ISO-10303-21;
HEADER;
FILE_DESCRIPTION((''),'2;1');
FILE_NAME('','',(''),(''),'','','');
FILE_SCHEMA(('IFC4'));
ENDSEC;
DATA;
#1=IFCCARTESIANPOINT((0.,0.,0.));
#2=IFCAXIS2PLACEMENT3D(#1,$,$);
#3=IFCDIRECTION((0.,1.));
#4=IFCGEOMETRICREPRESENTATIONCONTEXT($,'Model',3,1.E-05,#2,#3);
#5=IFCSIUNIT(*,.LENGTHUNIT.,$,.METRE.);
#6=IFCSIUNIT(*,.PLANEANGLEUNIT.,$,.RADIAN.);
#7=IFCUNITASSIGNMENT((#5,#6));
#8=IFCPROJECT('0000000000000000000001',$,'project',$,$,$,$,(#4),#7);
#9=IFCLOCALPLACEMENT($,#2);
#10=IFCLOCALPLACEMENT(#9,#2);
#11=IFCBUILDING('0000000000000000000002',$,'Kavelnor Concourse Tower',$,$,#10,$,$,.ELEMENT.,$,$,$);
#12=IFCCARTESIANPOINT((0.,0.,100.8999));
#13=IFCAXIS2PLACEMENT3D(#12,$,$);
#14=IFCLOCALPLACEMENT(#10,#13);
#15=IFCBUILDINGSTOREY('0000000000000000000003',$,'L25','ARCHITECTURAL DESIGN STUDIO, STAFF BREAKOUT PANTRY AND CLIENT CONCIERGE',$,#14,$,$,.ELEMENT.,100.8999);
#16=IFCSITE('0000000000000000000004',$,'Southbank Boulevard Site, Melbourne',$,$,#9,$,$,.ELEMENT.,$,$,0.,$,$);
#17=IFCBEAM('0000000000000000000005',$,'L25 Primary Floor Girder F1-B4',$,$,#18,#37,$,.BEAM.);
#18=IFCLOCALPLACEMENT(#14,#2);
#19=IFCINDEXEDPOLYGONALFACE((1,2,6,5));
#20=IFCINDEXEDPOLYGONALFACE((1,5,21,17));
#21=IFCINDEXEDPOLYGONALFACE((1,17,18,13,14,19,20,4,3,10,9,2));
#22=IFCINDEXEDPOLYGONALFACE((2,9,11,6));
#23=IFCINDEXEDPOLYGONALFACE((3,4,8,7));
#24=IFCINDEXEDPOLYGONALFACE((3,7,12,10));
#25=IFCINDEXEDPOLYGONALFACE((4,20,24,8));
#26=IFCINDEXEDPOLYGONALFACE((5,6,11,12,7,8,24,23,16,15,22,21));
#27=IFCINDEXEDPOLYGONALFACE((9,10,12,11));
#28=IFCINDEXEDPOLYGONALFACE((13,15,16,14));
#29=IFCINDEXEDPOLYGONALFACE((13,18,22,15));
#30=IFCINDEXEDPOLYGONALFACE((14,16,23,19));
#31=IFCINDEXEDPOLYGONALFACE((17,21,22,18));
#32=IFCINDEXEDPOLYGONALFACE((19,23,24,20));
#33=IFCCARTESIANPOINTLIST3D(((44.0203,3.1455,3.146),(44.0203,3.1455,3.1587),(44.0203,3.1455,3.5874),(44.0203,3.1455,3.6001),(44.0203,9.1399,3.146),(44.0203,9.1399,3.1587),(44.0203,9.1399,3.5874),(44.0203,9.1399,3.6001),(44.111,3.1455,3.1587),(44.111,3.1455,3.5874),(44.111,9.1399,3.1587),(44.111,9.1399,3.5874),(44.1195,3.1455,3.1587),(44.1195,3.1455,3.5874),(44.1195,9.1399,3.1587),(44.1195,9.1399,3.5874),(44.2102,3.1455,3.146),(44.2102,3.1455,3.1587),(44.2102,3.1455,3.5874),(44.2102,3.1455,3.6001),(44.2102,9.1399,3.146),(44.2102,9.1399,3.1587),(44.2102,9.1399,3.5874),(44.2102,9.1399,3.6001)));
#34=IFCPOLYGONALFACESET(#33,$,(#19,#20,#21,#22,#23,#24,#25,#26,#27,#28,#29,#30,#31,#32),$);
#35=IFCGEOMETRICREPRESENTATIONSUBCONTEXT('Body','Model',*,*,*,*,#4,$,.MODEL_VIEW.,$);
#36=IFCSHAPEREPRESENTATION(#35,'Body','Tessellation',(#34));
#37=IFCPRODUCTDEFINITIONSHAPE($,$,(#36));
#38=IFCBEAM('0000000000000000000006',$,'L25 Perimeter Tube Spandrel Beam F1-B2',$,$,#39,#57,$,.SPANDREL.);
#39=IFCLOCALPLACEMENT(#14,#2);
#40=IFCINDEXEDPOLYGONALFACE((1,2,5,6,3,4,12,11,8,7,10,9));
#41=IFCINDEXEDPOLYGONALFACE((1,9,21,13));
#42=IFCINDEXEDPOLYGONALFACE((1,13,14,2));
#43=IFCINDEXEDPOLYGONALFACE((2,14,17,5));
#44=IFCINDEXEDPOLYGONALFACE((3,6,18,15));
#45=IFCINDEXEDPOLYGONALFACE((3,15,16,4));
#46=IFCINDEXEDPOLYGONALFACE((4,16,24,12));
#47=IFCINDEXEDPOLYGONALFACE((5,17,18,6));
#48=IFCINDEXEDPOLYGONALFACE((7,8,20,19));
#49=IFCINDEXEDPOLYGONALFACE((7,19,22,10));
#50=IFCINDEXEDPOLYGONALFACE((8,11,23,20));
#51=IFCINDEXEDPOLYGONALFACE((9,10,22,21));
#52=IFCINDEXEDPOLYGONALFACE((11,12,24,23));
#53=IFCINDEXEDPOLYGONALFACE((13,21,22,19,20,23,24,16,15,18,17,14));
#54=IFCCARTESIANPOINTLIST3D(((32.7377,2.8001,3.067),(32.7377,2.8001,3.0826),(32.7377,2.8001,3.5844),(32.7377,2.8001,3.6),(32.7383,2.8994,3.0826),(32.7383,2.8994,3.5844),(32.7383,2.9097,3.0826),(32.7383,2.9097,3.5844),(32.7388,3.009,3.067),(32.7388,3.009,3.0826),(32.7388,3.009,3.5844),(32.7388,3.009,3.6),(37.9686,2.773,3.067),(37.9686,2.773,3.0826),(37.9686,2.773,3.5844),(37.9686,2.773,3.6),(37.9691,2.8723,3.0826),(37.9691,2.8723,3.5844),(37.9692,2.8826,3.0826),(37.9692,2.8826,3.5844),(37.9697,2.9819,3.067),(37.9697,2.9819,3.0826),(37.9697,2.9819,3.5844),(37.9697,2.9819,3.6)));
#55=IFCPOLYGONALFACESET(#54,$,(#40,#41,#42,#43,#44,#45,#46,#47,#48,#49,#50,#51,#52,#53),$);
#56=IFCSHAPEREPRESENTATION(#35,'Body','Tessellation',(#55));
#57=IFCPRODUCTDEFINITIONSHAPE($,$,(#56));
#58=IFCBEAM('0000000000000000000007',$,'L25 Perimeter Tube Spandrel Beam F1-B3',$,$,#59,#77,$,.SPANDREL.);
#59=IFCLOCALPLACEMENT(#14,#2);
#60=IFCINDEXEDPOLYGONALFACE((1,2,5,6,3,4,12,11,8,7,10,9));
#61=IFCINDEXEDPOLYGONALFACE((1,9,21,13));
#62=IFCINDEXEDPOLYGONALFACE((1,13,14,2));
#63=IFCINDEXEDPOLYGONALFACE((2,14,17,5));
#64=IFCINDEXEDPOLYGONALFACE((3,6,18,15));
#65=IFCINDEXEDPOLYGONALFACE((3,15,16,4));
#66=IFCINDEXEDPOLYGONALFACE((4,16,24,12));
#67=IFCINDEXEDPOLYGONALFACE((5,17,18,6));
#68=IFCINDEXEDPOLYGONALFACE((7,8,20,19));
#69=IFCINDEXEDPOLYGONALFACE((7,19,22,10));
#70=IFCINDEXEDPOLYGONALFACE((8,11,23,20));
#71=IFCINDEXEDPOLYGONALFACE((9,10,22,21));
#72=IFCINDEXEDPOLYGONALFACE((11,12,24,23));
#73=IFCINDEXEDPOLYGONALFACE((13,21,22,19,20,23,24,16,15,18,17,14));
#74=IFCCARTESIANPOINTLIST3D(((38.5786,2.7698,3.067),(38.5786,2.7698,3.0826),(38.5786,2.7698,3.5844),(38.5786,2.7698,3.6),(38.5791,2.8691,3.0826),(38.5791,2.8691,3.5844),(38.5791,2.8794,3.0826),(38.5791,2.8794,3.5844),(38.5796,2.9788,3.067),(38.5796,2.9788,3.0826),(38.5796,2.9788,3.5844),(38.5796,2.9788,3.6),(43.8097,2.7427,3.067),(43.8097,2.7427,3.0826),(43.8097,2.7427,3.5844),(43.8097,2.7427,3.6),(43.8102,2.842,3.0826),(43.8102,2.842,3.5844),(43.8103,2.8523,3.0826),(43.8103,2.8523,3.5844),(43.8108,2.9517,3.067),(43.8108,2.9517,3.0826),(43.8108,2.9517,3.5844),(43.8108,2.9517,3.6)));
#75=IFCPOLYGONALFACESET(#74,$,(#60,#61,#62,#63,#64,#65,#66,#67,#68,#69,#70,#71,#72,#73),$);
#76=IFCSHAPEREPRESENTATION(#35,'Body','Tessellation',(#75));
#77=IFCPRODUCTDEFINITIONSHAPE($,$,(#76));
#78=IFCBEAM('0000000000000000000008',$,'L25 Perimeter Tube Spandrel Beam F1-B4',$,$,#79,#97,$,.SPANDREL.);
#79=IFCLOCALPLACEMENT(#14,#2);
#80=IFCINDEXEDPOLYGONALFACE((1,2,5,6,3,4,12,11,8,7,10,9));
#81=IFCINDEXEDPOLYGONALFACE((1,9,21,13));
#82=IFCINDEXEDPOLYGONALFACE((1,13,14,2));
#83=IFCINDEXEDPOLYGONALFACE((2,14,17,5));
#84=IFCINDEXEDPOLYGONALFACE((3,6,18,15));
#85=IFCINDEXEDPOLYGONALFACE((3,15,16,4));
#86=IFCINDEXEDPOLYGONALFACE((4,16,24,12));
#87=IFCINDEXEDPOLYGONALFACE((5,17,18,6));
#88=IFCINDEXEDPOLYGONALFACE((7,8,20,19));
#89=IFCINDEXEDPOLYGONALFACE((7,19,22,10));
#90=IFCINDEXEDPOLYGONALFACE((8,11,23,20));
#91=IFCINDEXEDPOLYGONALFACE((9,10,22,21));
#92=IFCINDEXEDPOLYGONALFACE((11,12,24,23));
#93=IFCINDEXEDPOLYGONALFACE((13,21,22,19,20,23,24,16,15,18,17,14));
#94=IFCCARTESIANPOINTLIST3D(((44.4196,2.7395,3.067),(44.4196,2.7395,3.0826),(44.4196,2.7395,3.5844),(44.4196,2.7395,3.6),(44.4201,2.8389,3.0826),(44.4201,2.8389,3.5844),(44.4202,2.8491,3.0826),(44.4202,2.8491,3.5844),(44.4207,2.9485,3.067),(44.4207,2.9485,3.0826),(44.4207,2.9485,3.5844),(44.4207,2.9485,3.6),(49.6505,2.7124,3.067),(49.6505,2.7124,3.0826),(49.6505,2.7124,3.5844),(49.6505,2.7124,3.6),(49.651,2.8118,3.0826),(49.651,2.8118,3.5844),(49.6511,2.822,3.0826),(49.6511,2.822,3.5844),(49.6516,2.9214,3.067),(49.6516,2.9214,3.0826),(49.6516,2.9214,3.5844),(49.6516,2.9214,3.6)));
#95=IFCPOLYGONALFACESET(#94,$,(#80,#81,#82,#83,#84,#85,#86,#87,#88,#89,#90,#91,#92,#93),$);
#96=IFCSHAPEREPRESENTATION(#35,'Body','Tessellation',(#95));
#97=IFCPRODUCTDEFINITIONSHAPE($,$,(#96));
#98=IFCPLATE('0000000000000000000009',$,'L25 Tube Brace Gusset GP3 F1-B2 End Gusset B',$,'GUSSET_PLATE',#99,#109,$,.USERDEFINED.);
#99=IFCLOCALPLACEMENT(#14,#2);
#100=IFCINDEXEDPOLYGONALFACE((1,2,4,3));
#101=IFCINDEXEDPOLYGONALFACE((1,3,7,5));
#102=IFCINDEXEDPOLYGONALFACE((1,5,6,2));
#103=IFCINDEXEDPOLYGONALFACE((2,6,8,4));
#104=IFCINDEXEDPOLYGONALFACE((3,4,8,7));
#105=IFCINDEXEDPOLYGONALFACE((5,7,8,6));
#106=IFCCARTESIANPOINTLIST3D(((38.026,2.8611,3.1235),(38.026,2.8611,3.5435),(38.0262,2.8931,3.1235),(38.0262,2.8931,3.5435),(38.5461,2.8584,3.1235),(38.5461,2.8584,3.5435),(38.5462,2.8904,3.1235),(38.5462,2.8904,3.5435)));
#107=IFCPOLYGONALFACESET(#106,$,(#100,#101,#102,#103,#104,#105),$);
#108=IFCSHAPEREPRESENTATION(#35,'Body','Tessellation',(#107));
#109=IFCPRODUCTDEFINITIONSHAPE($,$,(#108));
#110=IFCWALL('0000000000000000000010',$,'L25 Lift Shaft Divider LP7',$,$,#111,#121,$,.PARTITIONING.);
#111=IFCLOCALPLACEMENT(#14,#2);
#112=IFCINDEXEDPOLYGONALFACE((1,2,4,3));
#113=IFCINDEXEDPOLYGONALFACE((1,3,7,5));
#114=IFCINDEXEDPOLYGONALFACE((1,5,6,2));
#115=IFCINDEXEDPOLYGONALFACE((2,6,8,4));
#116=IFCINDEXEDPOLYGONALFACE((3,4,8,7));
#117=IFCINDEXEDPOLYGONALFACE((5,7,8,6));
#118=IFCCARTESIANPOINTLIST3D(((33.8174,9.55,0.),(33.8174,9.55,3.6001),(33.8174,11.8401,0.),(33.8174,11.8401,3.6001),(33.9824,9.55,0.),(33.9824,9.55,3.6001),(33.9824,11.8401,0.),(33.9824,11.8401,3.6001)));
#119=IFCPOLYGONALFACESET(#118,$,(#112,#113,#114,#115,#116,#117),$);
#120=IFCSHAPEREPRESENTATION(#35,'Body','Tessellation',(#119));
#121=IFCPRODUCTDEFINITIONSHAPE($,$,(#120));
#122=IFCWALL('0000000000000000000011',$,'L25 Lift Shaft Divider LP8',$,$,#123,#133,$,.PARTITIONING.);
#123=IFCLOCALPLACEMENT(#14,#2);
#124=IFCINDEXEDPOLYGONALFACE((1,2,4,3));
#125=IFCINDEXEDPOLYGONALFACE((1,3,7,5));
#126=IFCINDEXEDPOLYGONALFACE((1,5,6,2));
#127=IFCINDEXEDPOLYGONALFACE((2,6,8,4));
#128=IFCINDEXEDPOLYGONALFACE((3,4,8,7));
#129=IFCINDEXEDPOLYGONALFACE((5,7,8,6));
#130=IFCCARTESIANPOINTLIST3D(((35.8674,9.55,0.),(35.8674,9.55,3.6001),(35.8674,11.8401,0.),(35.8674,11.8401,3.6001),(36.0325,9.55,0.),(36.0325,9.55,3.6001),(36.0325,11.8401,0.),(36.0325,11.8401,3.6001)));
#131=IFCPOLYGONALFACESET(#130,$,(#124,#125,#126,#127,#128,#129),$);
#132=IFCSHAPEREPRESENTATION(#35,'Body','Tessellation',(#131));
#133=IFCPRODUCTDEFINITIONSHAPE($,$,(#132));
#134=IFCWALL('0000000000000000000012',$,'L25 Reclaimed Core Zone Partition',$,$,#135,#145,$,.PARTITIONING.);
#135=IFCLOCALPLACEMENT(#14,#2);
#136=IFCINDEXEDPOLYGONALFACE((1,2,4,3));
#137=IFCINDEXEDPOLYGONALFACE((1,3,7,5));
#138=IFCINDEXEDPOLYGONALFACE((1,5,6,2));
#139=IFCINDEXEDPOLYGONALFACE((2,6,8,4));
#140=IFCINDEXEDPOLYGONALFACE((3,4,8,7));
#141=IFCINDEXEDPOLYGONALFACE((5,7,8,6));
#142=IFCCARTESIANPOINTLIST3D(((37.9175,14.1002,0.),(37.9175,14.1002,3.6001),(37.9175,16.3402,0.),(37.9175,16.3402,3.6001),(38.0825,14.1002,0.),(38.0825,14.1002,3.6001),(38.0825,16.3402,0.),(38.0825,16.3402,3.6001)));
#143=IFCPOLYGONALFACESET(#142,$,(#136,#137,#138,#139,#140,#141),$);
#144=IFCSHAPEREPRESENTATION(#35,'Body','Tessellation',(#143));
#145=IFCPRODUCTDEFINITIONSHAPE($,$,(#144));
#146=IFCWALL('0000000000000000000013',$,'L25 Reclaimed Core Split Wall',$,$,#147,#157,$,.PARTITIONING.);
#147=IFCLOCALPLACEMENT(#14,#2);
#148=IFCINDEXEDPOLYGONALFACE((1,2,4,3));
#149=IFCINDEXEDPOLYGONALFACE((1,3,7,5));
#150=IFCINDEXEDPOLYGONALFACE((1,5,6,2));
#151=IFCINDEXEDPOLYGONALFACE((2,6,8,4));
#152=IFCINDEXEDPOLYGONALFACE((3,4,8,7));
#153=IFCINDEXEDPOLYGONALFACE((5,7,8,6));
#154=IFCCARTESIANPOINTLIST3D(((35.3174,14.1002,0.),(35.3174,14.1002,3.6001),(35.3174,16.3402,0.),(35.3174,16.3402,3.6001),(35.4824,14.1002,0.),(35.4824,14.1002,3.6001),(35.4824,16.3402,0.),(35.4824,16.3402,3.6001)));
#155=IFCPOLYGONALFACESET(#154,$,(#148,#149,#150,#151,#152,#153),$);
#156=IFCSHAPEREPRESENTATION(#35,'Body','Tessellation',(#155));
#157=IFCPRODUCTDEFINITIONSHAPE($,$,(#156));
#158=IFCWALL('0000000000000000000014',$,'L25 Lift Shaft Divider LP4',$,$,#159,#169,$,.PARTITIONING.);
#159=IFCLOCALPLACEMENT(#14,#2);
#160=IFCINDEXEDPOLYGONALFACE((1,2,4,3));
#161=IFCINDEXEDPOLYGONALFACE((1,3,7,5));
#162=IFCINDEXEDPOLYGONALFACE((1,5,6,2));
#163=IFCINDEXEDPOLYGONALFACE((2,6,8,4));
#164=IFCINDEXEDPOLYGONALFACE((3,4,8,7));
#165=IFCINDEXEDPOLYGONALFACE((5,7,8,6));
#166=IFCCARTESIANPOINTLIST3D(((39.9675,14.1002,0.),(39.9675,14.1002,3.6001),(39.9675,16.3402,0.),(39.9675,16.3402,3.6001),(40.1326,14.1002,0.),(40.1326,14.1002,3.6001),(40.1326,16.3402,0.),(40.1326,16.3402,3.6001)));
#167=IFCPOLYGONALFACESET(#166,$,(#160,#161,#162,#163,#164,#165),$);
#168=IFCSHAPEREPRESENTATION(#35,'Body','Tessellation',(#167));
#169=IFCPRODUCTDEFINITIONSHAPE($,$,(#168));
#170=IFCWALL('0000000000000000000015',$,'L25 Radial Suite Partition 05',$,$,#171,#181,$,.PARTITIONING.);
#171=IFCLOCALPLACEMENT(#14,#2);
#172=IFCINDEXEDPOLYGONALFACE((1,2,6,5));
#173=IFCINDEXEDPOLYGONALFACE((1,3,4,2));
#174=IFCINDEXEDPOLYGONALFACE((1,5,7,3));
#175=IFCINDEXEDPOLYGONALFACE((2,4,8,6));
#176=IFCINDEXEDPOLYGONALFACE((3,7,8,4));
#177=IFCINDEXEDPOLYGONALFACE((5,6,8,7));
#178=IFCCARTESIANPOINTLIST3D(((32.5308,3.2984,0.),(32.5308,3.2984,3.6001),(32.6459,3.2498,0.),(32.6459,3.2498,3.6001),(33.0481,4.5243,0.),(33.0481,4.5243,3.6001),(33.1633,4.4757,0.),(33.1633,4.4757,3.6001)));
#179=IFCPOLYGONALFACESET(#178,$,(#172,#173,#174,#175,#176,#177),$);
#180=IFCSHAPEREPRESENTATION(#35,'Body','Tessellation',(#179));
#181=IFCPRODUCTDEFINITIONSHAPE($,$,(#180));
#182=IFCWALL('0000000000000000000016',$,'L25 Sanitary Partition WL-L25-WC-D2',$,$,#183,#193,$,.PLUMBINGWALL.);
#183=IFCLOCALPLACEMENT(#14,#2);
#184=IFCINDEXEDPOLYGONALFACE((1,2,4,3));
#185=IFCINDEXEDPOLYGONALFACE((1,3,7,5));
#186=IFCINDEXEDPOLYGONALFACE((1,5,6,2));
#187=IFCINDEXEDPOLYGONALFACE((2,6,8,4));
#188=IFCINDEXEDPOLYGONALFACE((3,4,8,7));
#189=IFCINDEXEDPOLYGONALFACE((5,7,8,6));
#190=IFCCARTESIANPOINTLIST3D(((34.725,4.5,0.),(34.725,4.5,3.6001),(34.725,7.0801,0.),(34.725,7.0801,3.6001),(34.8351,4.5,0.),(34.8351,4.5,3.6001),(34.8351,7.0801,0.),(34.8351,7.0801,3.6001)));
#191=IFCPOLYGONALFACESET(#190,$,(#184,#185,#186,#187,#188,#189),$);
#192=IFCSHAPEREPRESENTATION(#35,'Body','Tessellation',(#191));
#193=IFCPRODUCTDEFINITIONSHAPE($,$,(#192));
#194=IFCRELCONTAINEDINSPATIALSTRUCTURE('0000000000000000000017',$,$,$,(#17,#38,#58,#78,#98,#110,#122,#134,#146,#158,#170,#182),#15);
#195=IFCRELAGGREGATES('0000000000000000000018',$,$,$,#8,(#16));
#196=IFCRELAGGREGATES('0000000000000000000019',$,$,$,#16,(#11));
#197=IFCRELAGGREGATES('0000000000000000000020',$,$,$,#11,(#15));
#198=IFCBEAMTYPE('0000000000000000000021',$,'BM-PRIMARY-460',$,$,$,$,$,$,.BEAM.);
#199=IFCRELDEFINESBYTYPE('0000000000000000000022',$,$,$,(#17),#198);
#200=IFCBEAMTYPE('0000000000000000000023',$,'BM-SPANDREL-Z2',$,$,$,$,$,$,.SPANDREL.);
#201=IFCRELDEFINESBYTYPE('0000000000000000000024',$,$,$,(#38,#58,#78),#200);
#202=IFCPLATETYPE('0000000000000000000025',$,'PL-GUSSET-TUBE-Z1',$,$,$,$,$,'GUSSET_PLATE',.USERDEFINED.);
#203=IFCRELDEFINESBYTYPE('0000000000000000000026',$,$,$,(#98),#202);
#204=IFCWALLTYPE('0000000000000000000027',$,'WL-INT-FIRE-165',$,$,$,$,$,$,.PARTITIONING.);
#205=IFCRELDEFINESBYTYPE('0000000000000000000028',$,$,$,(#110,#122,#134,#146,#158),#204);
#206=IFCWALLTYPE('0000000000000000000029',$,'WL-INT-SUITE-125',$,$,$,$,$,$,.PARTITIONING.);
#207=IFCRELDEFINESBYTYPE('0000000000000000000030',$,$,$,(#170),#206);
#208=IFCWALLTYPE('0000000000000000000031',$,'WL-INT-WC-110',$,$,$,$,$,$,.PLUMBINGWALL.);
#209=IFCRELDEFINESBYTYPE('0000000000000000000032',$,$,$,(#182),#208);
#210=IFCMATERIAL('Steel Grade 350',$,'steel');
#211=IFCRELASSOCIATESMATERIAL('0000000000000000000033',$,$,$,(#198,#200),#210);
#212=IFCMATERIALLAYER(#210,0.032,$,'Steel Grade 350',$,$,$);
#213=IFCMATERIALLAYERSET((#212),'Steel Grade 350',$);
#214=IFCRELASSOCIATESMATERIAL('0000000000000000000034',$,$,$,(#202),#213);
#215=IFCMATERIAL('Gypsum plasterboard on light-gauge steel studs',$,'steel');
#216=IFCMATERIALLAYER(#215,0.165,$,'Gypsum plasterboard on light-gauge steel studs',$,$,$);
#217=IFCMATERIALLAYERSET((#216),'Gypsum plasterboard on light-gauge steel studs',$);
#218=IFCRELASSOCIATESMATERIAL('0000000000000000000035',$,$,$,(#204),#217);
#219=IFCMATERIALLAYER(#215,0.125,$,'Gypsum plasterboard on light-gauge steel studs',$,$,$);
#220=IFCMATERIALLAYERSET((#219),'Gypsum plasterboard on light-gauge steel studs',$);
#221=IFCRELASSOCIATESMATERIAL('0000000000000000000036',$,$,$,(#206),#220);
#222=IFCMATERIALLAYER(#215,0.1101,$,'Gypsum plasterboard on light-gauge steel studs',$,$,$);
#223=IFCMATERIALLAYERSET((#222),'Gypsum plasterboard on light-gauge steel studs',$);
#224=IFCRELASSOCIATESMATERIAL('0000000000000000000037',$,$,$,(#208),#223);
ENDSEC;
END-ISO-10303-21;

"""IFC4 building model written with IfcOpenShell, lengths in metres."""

from ifc_helpers import new_model, si_unit, direction, frame, frame_2d, origin, origin_2d, place, context, subcontext, project, spatial, rectangle, i_section, extrude, material, layer, layer_set, material_profile, profile_set, type_object, element, save


model = new_model("IFC4")

# Units and contexts
model_context = context("Model", 3, precision=1e-05, world=origin(), true_north=direction((0.0, 1.0)))
body_context = subcontext(model_context, "Body", "Model", "MODEL_VIEW")
ifc_project = project(units=[si_unit("LENGTHUNIT", "METRE"), si_unit("PLANEANGLEUNIT", "RADIAN")], contexts=[model_context])

# Site, building, storey
site_placement = place(None, origin())
site = spatial("IfcSite", under=ifc_project, at=site_placement, Name="Southbank Boulevard Site, Melbourne", CompositionType="ELEMENT", RefElevation=0.0)
building_placement = place(site_placement, origin())
building = spatial("IfcBuilding", under=site, at=building_placement, Name="Kavelnor Concourse Tower", CompositionType="ELEMENT")
storey_placement = place(building_placement, frame((0.0, 0.0, 100.8999)))
storey = spatial("IfcBuildingStorey", under=building, at=storey_placement, Name="L25", Description="ARCHITECTURAL DESIGN STUDIO, STAFF BREAKOUT PANTRY AND CLIENT CONCIERGE", CompositionType="ELEMENT", Elevation=100.8999)

# Shared definitions
ifc_material_1 = material(Name="Steel Grade 350", Category="steel")

# Beams
ifc_material_profile_1 = material_profile(ifc_material_1, i_section(OverallWidth=0.1899, OverallDepth=0.4541, WebThickness=0.0085, FlangeThickness=0.0127, at=origin_2d()), Name="460UB67")
ifc_profile_set_1 = profile_set([ifc_material_profile_1], Name="Steel Grade 350")
beam_type_1 = type_object("IfcBeamType", Name="BM-PRIMARY-460", PredefinedType="BEAM", material=ifc_profile_set_1)
beam_1_placement = place(storey_placement, frame((44.1152, 9.1399, 3.373), z_axis=(0.0, -1.0, 0.0), x_axis=(1.0, 0.0, 0.0)))
element("IfcBeam", 1, at=beam_1_placement, inside=storey, type_object=beam_type_1, Name="L25 Primary Floor Girder F1-B4", PredefinedType="BEAM", context=body_context, shape_type="SweptSolid", body=[
    extrude(i_section(OverallWidth=0.1899, OverallDepth=0.4541, WebThickness=0.0085, FlangeThickness=0.0127, at=origin_2d()), origin(), (0.0, 0.0, 1.0), 5.9944),
])
ifc_material_profile_2 = material_profile(ifc_material_1, i_section(OverallWidth=0.209, OverallDepth=0.533, WebThickness=0.0103, FlangeThickness=0.0156, at=origin_2d()), Name="530UB92")
ifc_profile_set_2 = profile_set([ifc_material_profile_2], Name="Steel Grade 350")
beam_type_2 = type_object("IfcBeamType", Name="BM-SPANDREL-Z2", PredefinedType="SPANDREL", material=ifc_profile_set_2)
beam_2_placement = place(storey_placement, frame((32.7383, 2.9045, 3.3335), z_axis=(0.999987, -0.005181, 0.0), x_axis=(0.005181, 0.999987, 0.0)))
element("IfcBeam", 2, at=beam_2_placement, inside=storey, type_object=beam_type_2, Name="L25 Perimeter Tube Spandrel Beam F1-B2", PredefinedType="SPANDREL", context=body_context, shape_type="SweptSolid", body=[
    extrude(i_section(OverallWidth=0.209, OverallDepth=0.533, WebThickness=0.0103, FlangeThickness=0.0156, at=origin_2d()), origin(), (0.0, 0.0, 1.0), 5.231),
])
beam_3_placement = place(storey_placement, frame((38.5791, 2.8743, 3.3335), z_axis=(0.999987, -0.00518, 0.0), x_axis=(0.00518, 0.999987, 0.0)))
element("IfcBeam", 3, at=beam_3_placement, inside=storey, type_object=beam_type_2, Name="L25 Perimeter Tube Spandrel Beam F1-B3", PredefinedType="SPANDREL", context=body_context, shape_type="SweptSolid", body=[
    extrude(i_section(OverallWidth=0.209, OverallDepth=0.533, WebThickness=0.0103, FlangeThickness=0.0156, at=origin_2d()), origin(), (0.0, 0.0, 1.0), 5.2312),
])
beam_4_placement = place(storey_placement, frame((44.4202, 2.844, 3.3335), z_axis=(0.999987, -0.005181, 0.0), x_axis=(0.005181, 0.999987, 0.0)))
element("IfcBeam", 4, at=beam_4_placement, inside=storey, type_object=beam_type_2, Name="L25 Perimeter Tube Spandrel Beam F1-B4", PredefinedType="SPANDREL", context=body_context, shape_type="SweptSolid", body=[
    extrude(i_section(OverallWidth=0.209, OverallDepth=0.533, WebThickness=0.0103, FlangeThickness=0.0156, at=origin_2d()), origin(), (0.0, 0.0, 1.0), 5.231),
])

# Plate
ifc_layer_1 = layer(ifc_material_1, 0.032, Name="Steel Grade 350")
ifc_layer_set_1 = layer_set([ifc_layer_1], Name="Steel Grade 350")
plate_type = type_object("IfcPlateType", Name="PL-GUSSET-TUBE-Z1", ElementType="GUSSET_PLATE", PredefinedType="USERDEFINED", material=ifc_layer_set_1)
plate_placement = place(storey_placement, frame((38.2861, 2.8757, 3.1235), z_axis=(0.0, 0.0, 1.0), x_axis=(0.999986, -0.005236, 0.0)))
element("IfcPlate", 5, at=plate_placement, inside=storey, type_object=plate_type, Name="L25 Tube Brace Gusset GP3 F1-B2 End Gusset B", ObjectType="GUSSET_PLATE", PredefinedType="USERDEFINED", context=body_context, shape_type="SweptSolid", body=[
    extrude(rectangle(XDim=0.52, YDim=0.032, at=origin_2d()), origin(), (0.0, 0.0, 1.0), 0.4199),
])

# Walls
ifc_material_2 = material(Name="Gypsum plasterboard on light-gauge steel studs", Category="steel")
ifc_layer_2 = layer(ifc_material_2, 0.165, Name="Gypsum plasterboard on light-gauge steel studs")
ifc_layer_set_2 = layer_set([ifc_layer_2], Name="Gypsum plasterboard on light-gauge steel studs")
wall_type_1 = type_object("IfcWallType", Name="WL-INT-FIRE-165", PredefinedType="PARTITIONING", material=ifc_layer_set_2)
for number, where, z_axis, x_axis, name in (
    (6, (33.8999, 9.55, 0.0), (0.0, 0.0, 1.0), (0.0, 1.0, 0.0), "L25 Lift Shaft Divider LP7"),
    (7, (35.95, 9.55, 0.0), (0.0, 0.0, 1.0), (0.0, 1.0, 0.0), "L25 Lift Shaft Divider LP8"),
):
    element("IfcWall", number, at=place(storey_placement, frame(where, z_axis=z_axis, x_axis=x_axis)), inside=storey, type_object=wall_type_1, Name=name, PredefinedType="PARTITIONING", context=body_context, shape_type="SweptSolid", body=[
        extrude(rectangle(XDim=2.29, YDim=0.165, at=frame_2d((1.145, 0.0))), origin(), (0.0, 0.0, 1.0), 3.6001),
    ])
for number, where, z_axis, x_axis, name in (
    (8, (38.0, 14.1001, 0.0), (0.0, 0.0, 1.0), (0.0, 1.0, 0.0), "L25 Reclaimed Core Zone Partition"),
    (9, (35.3999, 14.1001, 0.0), (0.0, 0.0, 1.0), (0.0, 1.0, 0.0), "L25 Reclaimed Core Split Wall"),
    (10, (40.05, 14.1001, 0.0), (0.0, 0.0, 1.0), (0.0, 1.0, 0.0), "L25 Lift Shaft Divider LP4"),
):
    element("IfcWall", number, at=place(storey_placement, frame(where, z_axis=z_axis, x_axis=x_axis)), inside=storey, type_object=wall_type_1, Name=name, PredefinedType="PARTITIONING", context=body_context, shape_type="SweptSolid", body=[
        extrude(rectangle(XDim=2.24, YDim=0.165, at=frame_2d((1.1201, 0.0))), origin(), (0.0, 0.0, 1.0), 3.6001),
    ])
ifc_layer_3 = layer(ifc_material_2, 0.125, Name="Gypsum plasterboard on light-gauge steel studs")
ifc_layer_set_3 = layer_set([ifc_layer_3], Name="Gypsum plasterboard on light-gauge steel studs")
wall_type_2 = type_object("IfcWallType", Name="WL-INT-SUITE-125", PredefinedType="PARTITIONING", material=ifc_layer_set_3)
wall_1_placement = place(storey_placement, frame((33.1057, 4.5, 0.0), z_axis=(0.0, 0.0, 1.0), x_axis=(-0.38882, -0.921314, 0.0)))
element("IfcWall", 11, at=wall_1_placement, inside=storey, type_object=wall_type_2, Name="L25 Radial Suite Partition 05", PredefinedType="PARTITIONING", context=body_context, shape_type="SweptSolid", body=[
    extrude(rectangle(XDim=1.3306, YDim=0.125, at=frame_2d((0.6653, 0.0))), origin(), (0.0, 0.0, 1.0), 3.6001),
])
ifc_layer_4 = layer(ifc_material_2, 0.1101, Name="Gypsum plasterboard on light-gauge steel studs")
ifc_layer_set_4 = layer_set([ifc_layer_4], Name="Gypsum plasterboard on light-gauge steel studs")
wall_type_3 = type_object("IfcWallType", Name="WL-INT-WC-110", PredefinedType="PLUMBINGWALL", material=ifc_layer_set_4)
for number, where, z_axis, x_axis, name in (
    (12, (34.78, 4.5, 0.0), (0.0, 0.0, 1.0), (0.0, 1.0, 0.0), "L25 Sanitary Partition WL-L25-WC-D2"),
):
    element("IfcWall", number, at=place(storey_placement, frame(where, z_axis=z_axis, x_axis=x_axis)), inside=storey, type_object=wall_type_3, Name=name, PredefinedType="PLUMBINGWALL", context=body_context, shape_type="SweptSolid", body=[
        extrude(rectangle(XDim=2.5801, YDim=0.1101, at=frame_2d((1.29, 0.0))), origin(), (0.0, 0.0, 1.0), 3.6001),
    ])

save(model, "model.ifc")
